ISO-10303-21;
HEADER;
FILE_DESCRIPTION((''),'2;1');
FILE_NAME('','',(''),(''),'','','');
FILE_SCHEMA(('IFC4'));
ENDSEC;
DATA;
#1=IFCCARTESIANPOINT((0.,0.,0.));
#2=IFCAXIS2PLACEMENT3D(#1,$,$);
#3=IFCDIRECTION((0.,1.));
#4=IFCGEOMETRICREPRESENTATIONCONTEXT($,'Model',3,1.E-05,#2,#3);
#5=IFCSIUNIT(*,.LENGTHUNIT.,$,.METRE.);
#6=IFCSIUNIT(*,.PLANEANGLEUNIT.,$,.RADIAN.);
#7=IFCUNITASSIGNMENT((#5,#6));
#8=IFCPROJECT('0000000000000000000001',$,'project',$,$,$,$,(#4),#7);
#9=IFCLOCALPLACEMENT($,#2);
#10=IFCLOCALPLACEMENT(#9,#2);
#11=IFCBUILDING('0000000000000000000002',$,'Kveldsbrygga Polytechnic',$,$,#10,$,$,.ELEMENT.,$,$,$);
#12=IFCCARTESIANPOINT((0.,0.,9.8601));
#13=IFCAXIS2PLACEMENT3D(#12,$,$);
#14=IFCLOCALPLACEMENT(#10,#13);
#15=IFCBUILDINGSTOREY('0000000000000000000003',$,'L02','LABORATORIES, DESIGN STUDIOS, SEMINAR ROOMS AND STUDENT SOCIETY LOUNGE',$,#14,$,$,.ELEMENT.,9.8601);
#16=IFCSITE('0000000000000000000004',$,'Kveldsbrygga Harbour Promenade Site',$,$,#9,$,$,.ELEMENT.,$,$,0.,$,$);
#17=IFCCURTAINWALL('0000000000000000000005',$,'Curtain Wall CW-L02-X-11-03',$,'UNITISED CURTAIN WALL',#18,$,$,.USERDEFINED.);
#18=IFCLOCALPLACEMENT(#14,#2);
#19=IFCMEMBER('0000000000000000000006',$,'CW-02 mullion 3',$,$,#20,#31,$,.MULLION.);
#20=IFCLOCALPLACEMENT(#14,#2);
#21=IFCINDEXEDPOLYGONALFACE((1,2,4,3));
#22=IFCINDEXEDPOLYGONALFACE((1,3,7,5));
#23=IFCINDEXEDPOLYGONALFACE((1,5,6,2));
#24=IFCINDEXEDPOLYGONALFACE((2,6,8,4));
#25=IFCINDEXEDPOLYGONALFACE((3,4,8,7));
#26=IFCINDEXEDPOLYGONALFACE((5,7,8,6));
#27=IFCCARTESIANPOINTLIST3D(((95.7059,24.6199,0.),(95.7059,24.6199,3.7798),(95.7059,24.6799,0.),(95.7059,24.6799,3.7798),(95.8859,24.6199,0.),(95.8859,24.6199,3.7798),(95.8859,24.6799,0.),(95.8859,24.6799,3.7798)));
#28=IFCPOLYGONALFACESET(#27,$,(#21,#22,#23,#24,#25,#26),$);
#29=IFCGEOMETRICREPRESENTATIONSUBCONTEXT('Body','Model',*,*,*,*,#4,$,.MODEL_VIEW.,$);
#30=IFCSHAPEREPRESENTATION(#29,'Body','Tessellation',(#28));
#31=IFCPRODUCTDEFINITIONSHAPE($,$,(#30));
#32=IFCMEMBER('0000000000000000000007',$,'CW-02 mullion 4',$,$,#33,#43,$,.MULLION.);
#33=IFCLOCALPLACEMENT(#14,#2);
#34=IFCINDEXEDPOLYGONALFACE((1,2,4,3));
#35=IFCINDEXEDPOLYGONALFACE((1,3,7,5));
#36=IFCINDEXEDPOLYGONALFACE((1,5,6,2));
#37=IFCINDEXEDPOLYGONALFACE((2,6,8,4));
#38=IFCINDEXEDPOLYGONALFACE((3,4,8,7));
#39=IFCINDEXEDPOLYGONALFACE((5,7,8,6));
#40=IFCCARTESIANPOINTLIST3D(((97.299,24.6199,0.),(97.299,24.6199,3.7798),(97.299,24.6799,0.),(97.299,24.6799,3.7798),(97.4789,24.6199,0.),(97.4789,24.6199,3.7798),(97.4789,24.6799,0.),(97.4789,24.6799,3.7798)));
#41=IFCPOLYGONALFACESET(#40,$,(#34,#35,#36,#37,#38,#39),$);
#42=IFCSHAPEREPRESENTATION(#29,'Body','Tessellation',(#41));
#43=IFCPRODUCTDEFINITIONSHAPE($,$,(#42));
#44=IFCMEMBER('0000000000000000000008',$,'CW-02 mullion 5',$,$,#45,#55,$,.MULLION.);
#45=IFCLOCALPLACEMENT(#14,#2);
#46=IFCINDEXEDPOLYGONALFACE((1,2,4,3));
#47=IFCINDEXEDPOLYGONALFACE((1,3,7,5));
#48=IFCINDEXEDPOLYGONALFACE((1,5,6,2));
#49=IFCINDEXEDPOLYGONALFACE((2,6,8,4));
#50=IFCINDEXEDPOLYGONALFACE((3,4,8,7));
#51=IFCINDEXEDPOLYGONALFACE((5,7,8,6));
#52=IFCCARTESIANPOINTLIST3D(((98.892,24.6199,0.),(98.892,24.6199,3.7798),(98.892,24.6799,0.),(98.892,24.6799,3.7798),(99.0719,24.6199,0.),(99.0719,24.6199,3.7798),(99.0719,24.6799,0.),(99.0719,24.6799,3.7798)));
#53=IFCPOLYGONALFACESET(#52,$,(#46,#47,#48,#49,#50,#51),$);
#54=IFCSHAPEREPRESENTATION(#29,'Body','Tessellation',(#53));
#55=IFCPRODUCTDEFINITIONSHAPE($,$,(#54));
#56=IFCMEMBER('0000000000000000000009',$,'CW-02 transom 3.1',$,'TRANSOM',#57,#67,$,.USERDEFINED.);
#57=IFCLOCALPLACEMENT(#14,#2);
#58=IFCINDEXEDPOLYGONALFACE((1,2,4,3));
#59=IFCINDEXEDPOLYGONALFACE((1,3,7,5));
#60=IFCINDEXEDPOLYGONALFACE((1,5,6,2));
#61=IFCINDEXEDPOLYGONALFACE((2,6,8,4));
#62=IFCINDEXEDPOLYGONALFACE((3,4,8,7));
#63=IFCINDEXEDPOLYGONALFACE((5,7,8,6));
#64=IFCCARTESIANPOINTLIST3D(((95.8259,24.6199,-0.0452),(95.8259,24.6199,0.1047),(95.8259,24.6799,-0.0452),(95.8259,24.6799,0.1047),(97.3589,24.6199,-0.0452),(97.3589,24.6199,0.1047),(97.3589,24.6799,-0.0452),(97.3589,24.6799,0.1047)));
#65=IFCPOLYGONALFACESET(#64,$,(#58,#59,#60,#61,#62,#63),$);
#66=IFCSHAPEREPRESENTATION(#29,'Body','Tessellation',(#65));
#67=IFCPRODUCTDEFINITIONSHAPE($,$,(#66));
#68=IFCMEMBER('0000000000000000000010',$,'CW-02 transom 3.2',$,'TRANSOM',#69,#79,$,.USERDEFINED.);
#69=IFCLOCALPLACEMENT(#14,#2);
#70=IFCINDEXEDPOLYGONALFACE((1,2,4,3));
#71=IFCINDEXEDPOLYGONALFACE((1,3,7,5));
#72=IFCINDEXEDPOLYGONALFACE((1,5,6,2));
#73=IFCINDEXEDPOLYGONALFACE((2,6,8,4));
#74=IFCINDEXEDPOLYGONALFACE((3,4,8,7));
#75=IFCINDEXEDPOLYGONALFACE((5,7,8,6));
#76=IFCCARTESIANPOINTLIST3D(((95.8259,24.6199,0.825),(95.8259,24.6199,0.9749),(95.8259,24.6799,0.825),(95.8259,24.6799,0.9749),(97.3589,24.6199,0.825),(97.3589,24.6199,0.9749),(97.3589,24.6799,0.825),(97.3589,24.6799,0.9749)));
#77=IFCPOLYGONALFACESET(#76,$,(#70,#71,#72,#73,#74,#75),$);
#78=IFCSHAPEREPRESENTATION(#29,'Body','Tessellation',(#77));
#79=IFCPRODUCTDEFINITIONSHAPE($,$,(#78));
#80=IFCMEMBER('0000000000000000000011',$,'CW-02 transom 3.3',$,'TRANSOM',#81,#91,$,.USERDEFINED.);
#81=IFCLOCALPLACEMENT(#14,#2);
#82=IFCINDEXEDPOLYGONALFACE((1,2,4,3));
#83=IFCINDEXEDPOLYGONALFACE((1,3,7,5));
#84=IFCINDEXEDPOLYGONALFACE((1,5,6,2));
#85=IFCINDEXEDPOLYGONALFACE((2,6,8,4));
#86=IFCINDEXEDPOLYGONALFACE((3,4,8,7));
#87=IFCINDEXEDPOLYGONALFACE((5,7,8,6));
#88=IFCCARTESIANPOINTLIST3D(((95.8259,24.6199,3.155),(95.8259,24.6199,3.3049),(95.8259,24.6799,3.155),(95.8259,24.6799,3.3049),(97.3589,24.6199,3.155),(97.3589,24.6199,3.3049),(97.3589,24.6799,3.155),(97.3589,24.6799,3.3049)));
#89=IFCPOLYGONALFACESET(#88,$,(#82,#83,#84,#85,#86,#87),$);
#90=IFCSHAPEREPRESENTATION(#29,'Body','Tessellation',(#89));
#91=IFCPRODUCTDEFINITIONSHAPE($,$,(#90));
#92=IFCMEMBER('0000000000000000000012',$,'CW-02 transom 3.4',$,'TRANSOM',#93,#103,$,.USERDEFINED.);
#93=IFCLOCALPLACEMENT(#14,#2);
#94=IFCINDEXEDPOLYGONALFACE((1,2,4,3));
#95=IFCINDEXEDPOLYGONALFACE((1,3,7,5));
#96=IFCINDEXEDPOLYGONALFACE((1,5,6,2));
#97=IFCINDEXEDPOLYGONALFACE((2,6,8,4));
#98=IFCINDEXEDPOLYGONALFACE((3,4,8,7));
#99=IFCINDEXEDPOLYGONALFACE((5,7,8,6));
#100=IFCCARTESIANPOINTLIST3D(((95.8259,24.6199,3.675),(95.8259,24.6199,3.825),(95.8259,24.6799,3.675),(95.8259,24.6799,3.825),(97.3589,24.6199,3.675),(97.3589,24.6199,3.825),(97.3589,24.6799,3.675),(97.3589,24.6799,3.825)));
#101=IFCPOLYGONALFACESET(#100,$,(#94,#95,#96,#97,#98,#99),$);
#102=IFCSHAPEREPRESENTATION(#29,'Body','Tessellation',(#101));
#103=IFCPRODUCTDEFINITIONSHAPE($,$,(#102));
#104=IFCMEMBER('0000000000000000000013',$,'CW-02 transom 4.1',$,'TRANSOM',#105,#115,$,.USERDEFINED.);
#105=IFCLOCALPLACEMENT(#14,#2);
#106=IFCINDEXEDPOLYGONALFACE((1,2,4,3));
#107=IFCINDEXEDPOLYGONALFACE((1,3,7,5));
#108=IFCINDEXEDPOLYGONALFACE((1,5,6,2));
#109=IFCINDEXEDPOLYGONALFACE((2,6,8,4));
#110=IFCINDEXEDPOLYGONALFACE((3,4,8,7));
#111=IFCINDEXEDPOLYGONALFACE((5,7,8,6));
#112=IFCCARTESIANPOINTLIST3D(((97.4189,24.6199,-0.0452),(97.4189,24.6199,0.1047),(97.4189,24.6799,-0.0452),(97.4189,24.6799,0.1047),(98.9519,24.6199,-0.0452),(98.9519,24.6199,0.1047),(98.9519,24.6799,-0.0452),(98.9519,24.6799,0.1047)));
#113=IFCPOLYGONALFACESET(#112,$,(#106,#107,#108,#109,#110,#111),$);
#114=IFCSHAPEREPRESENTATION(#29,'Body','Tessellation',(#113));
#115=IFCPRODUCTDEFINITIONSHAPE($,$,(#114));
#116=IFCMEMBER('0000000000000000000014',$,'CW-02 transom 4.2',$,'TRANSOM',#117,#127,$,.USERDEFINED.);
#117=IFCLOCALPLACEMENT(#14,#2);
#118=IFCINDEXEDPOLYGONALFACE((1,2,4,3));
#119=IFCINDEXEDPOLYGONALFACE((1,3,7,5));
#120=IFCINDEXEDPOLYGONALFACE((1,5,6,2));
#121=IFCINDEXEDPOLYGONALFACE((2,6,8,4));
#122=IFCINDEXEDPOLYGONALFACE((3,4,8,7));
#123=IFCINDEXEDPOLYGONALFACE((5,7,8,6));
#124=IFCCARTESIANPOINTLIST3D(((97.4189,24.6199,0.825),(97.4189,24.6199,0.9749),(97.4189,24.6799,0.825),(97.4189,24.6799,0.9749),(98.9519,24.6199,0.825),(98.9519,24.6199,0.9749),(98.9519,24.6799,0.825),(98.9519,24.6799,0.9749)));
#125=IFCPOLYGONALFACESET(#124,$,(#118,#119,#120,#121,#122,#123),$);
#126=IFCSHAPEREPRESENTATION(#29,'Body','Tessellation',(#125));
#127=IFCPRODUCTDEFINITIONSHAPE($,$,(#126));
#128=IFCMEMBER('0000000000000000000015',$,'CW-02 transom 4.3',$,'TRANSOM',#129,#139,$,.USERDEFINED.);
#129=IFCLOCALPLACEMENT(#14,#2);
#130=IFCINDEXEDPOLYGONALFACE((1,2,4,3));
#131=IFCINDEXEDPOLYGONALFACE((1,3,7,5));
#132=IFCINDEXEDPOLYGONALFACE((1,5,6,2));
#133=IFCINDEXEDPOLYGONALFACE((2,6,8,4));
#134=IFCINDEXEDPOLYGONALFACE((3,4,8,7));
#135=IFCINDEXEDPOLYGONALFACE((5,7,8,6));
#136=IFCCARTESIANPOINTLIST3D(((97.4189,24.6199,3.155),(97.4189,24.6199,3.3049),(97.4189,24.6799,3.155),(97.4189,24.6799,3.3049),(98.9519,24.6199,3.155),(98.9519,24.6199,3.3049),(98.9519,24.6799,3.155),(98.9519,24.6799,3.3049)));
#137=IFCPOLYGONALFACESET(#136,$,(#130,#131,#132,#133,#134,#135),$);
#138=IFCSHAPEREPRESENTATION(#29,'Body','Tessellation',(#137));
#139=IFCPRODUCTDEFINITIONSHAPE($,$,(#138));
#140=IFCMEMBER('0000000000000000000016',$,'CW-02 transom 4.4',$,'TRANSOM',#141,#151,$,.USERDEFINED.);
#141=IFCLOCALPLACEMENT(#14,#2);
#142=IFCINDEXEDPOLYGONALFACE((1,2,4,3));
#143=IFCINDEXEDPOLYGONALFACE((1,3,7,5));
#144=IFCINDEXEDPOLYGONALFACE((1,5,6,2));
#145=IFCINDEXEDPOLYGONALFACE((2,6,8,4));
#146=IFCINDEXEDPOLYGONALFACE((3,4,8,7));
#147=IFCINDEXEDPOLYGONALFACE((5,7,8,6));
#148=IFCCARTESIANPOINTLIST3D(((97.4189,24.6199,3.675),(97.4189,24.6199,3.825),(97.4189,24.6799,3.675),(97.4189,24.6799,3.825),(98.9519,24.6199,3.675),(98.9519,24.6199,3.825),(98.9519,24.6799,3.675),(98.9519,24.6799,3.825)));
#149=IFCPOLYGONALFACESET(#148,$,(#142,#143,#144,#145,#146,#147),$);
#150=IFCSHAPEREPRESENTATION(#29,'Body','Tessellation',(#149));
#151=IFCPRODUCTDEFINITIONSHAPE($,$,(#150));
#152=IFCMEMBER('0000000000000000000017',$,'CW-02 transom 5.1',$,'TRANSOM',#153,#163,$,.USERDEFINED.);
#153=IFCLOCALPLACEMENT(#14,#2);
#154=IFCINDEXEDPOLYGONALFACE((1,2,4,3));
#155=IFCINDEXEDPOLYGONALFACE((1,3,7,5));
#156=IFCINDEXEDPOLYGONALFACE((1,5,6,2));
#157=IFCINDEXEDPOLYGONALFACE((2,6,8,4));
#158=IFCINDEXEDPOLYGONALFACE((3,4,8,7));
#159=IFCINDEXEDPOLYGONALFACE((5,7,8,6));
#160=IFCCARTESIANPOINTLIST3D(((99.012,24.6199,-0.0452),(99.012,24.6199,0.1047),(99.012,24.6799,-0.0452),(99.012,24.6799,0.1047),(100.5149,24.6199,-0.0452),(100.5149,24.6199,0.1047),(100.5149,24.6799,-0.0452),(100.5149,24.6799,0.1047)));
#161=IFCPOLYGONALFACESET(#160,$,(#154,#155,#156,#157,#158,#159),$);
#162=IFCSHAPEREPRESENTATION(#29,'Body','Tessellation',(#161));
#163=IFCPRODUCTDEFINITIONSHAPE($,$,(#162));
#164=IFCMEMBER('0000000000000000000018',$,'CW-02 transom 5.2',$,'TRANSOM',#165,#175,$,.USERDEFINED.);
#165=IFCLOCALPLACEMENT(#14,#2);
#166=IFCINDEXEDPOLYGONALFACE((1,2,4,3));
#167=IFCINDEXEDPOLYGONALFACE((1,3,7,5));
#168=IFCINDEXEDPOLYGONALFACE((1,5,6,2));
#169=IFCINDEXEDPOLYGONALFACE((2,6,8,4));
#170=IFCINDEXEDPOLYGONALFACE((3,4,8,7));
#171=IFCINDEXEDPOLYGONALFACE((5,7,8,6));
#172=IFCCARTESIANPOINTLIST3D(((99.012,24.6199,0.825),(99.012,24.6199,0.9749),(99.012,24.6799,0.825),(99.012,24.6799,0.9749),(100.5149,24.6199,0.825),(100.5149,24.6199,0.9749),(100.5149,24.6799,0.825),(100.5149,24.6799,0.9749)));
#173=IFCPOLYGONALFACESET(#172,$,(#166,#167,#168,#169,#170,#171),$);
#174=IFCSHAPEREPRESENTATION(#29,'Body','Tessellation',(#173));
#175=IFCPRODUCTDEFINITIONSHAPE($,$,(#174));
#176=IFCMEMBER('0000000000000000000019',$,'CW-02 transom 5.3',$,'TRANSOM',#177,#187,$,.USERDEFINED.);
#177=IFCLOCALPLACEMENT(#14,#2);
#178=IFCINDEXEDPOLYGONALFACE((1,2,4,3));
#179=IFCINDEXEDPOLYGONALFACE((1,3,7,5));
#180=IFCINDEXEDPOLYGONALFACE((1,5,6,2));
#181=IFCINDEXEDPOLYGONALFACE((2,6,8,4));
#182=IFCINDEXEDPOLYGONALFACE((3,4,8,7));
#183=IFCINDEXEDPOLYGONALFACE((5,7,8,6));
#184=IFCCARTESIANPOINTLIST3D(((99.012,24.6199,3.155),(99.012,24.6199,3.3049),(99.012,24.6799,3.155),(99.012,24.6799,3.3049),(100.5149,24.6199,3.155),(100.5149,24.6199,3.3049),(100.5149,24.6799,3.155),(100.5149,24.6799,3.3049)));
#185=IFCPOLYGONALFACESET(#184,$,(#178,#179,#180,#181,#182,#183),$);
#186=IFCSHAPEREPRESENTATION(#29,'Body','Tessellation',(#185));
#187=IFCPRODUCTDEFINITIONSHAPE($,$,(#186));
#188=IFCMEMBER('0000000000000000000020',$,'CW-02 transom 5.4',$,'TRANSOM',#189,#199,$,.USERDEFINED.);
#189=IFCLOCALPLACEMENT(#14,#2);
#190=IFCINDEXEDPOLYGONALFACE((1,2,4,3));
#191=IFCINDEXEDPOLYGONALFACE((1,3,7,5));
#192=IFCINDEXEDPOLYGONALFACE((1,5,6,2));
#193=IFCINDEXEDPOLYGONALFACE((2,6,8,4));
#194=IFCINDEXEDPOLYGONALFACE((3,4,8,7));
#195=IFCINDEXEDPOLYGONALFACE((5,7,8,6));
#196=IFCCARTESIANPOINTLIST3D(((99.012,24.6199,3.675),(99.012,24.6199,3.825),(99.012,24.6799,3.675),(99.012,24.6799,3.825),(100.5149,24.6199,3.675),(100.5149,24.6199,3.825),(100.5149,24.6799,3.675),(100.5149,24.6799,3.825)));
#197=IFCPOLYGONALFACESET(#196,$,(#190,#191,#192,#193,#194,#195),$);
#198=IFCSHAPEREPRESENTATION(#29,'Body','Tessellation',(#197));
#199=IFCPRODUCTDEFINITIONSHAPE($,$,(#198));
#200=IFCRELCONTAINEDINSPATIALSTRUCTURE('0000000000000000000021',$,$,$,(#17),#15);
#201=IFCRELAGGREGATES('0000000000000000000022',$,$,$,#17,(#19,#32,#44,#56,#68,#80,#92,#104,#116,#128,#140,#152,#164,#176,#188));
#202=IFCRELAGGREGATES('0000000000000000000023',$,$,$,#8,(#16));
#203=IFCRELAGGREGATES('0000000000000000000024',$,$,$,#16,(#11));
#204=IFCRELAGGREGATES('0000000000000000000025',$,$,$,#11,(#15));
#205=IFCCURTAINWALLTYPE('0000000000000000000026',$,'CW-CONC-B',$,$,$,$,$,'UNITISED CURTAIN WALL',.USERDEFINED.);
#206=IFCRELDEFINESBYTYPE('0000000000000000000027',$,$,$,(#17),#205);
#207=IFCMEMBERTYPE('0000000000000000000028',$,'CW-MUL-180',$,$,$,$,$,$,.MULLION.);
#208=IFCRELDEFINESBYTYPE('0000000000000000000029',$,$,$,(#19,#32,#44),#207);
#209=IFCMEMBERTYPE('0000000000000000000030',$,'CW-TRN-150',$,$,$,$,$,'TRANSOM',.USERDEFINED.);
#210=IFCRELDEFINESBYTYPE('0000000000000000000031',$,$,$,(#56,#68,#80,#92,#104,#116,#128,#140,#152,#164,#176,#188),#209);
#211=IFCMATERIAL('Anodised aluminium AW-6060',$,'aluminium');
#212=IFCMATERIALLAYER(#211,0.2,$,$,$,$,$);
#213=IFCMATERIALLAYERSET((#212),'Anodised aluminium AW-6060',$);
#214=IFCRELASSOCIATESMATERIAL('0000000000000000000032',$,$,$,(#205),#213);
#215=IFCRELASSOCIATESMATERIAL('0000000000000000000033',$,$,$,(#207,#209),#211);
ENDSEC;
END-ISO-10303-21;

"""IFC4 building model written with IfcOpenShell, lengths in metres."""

from ifc_helpers import new_model, si_unit, direction, frame, origin, origin_2d, place, context, subcontext, project, spatial, rectangle, extrude, material, layer, layer_set, material_profile, profile_set, type_object, element, aggregate, save


model = new_model("IFC4")

# Units and contexts
model_context = context("Model", 3, precision=1e-05, world=origin(), true_north=direction((0.0, 1.0)))
body_context = subcontext(model_context, "Body", "Model", "MODEL_VIEW")
ifc_project = project(units=[si_unit("LENGTHUNIT", "METRE"), si_unit("PLANEANGLEUNIT", "RADIAN")], contexts=[model_context])

# Site, building, storey
site_placement = place(None, origin())
site = spatial("IfcSite", under=ifc_project, at=site_placement, Name="Kveldsbrygga Harbour Promenade Site", CompositionType="ELEMENT", RefElevation=0.0)
building_placement = place(site_placement, origin())
building = spatial("IfcBuilding", under=site, at=building_placement, Name="Kveldsbrygga Polytechnic", CompositionType="ELEMENT")
storey_placement = place(building_placement, frame((0.0, 0.0, 9.8601)))
storey = spatial("IfcBuildingStorey", under=building, at=storey_placement, Name="L02", Description="LABORATORIES, DESIGN STUDIOS, SEMINAR ROOMS AND STUDENT SOCIETY LOUNGE", CompositionType="ELEMENT", Elevation=9.8601)

# Curtain wall, members
ifc_material_1 = material(Name="Anodised aluminium AW-6060", Category="aluminium")
ifc_layer_1 = layer(ifc_material_1, 0.2)
ifc_layer_set_1 = layer_set([ifc_layer_1], Name="Anodised aluminium AW-6060")
curtain_wall_type = type_object("IfcCurtainWallType", Name="CW-CONC-B", ElementType="UNITISED CURTAIN WALL", PredefinedType="USERDEFINED", material=ifc_layer_set_1)
curtain_wall_placement = place(storey_placement, origin())
curtain_wall = element("IfcCurtainWall", 1, at=curtain_wall_placement, inside=storey, type_object=curtain_wall_type, Name="Curtain Wall CW-L02-X-11-03", ObjectType="UNITISED CURTAIN WALL", PredefinedType="USERDEFINED")
ifc_material_profile_1 = material_profile(ifc_material_1, rectangle(XDim=0.0601, YDim=0.1799, at=origin_2d()), Name="ALU 60x180")
ifc_profile_set_1 = profile_set([ifc_material_profile_1], Name="Anodised aluminium AW-6060")
member_type_1 = type_object("IfcMemberType", Name="CW-MUL-180", PredefinedType="MULLION", material=ifc_profile_set_1)
member_1_placement = place(storey_placement, frame((95.7959, 24.6499, 0.0), z_axis=(0.0, 0.0, 1.0), x_axis=(0.0, 1.0, 0.0)))
member_1 = element("IfcMember", 2, at=member_1_placement, type_object=member_type_1, Name="CW-02 mullion 3", PredefinedType="MULLION", context=body_context, shape_type="SweptSolid", body=[
    extrude(rectangle(XDim=0.0601, YDim=0.1799, at=origin_2d()), origin(), (0.0, 0.0, 1.0), 3.7798),
])
member_2_placement = place(storey_placement, frame((97.3889, 24.6499, 0.0), z_axis=(0.0, 0.0, 1.0), x_axis=(0.0, 1.0, 0.0)))
member_2 = element("IfcMember", 3, at=member_2_placement, type_object=member_type_1, Name="CW-02 mullion 4", PredefinedType="MULLION", context=body_context, shape_type="SweptSolid", body=[
    extrude(rectangle(XDim=0.0601, YDim=0.1799, at=origin_2d()), origin(), (0.0, 0.0, 1.0), 3.7798),
])
member_3_placement = place(storey_placement, frame((98.9819, 24.6499, 0.0), z_axis=(0.0, 0.0, 1.0), x_axis=(0.0, 1.0, 0.0)))
member_3 = element("IfcMember", 4, at=member_3_placement, type_object=member_type_1, Name="CW-02 mullion 5", PredefinedType="MULLION", context=body_context, shape_type="SweptSolid", body=[
    extrude(rectangle(XDim=0.0601, YDim=0.1799, at=origin_2d()), origin(), (0.0, 0.0, 1.0), 3.7798),
])
ifc_material_profile_2 = material_profile(ifc_material_1, rectangle(XDim=0.0601, YDim=0.1499, at=origin_2d()), Name="ALU 60x150")
ifc_profile_set_2 = profile_set([ifc_material_profile_2], Name="Anodised aluminium AW-6060")
member_type_2 = type_object("IfcMemberType", Name="CW-TRN-150", ElementType="TRANSOM", PredefinedType="USERDEFINED", material=ifc_profile_set_2)
member_4_placement = place(storey_placement, frame((95.8259, 24.6499, 0.0298), z_axis=(1.0, 0.0, 0.0), x_axis=(0.0, 1.0, 0.0)))
member_4 = element("IfcMember", 5, at=member_4_placement, type_object=member_type_2, Name="CW-02 transom 3.1", ObjectType="TRANSOM", PredefinedType="USERDEFINED", context=body_context, shape_type="SweptSolid", body=[
    extrude(rectangle(XDim=0.0601, YDim=0.1499, at=origin_2d()), origin(), (0.0, 0.0, 1.0), 1.533),
])
member_5_placement = place(storey_placement, frame((95.8259, 24.6499, 0.8999), z_axis=(1.0, 0.0, 0.0), x_axis=(0.0, 1.0, 0.0)))
member_5 = element("IfcMember", 6, at=member_5_placement, type_object=member_type_2, Name="CW-02 transom 3.2", ObjectType="TRANSOM", PredefinedType="USERDEFINED", context=body_context, shape_type="SweptSolid", body=[
    extrude(rectangle(XDim=0.0601, YDim=0.1499, at=origin_2d()), origin(), (0.0, 0.0, 1.0), 1.533),
])
member_6_placement = place(storey_placement, frame((95.8259, 24.6499, 3.23), z_axis=(1.0, 0.0, 0.0), x_axis=(0.0, 1.0, 0.0)))
member_6 = element("IfcMember", 7, at=member_6_placement, type_object=member_type_2, Name="CW-02 transom 3.3", ObjectType="TRANSOM", PredefinedType="USERDEFINED", context=body_context, shape_type="SweptSolid", body=[
    extrude(rectangle(XDim=0.0601, YDim=0.1499, at=origin_2d()), origin(), (0.0, 0.0, 1.0), 1.533),
])
member_7_placement = place(storey_placement, frame((95.8259, 24.6499, 3.75), z_axis=(1.0, 0.0, 0.0), x_axis=(0.0, 1.0, 0.0)))
member_7 = element("IfcMember", 8, at=member_7_placement, type_object=member_type_2, Name="CW-02 transom 3.4", ObjectType="TRANSOM", PredefinedType="USERDEFINED", context=body_context, shape_type="SweptSolid", body=[
    extrude(rectangle(XDim=0.0601, YDim=0.1499, at=origin_2d()), origin(), (0.0, 0.0, 1.0), 1.533),
])
member_8_placement = place(storey_placement, frame((97.4189, 24.6499, 0.0298), z_axis=(1.0, 0.0, 0.0), x_axis=(0.0, 1.0, 0.0)))
member_8 = element("IfcMember", 9, at=member_8_placement, type_object=member_type_2, Name="CW-02 transom 4.1", ObjectType="TRANSOM", PredefinedType="USERDEFINED", context=body_context, shape_type="SweptSolid", body=[
    extrude(rectangle(XDim=0.0601, YDim=0.1499, at=origin_2d()), origin(), (0.0, 0.0, 1.0), 1.533),
])
member_9_placement = place(storey_placement, frame((97.4189, 24.6499, 0.8999), z_axis=(1.0, 0.0, 0.0), x_axis=(0.0, 1.0, 0.0)))
member_9 = element("IfcMember", 10, at=member_9_placement, type_object=member_type_2, Name="CW-02 transom 4.2", ObjectType="TRANSOM", PredefinedType="USERDEFINED", context=body_context, shape_type="SweptSolid", body=[
    extrude(rectangle(XDim=0.0601, YDim=0.1499, at=origin_2d()), origin(), (0.0, 0.0, 1.0), 1.533),
])
member_10_placement = place(storey_placement, frame((97.4189, 24.6499, 3.23), z_axis=(1.0, 0.0, 0.0), x_axis=(0.0, 1.0, 0.0)))
member_10 = element("IfcMember", 11, at=member_10_placement, type_object=member_type_2, Name="CW-02 transom 4.3", ObjectType="TRANSOM", PredefinedType="USERDEFINED", context=body_context, shape_type="SweptSolid", body=[
    extrude(rectangle(XDim=0.0601, YDim=0.1499, at=origin_2d()), origin(), (0.0, 0.0, 1.0), 1.533),
])
member_11_placement = place(storey_placement, frame((97.4189, 24.6499, 3.75), z_axis=(1.0, 0.0, 0.0), x_axis=(0.0, 1.0, 0.0)))
member_11 = element("IfcMember", 12, at=member_11_placement, type_object=member_type_2, Name="CW-02 transom 4.4", ObjectType="TRANSOM", PredefinedType="USERDEFINED", context=body_context, shape_type="SweptSolid", body=[
    extrude(rectangle(XDim=0.0601, YDim=0.1499, at=origin_2d()), origin(), (0.0, 0.0, 1.0), 1.533),
])
member_12_placement = place(storey_placement, frame((99.012, 24.6499, 0.0298), z_axis=(1.0, 0.0, 0.0), x_axis=(0.0, 1.0, 0.0)))
member_12 = element("IfcMember", 13, at=member_12_placement, type_object=member_type_2, Name="CW-02 transom 5.1", ObjectType="TRANSOM", PredefinedType="USERDEFINED", context=body_context, shape_type="SweptSolid", body=[
    extrude(rectangle(XDim=0.0601, YDim=0.1499, at=origin_2d()), origin(), (0.0, 0.0, 1.0), 1.5029),
])
member_13_placement = place(storey_placement, frame((99.012, 24.6499, 0.8999), z_axis=(1.0, 0.0, 0.0), x_axis=(0.0, 1.0, 0.0)))
member_13 = element("IfcMember", 14, at=member_13_placement, type_object=member_type_2, Name="CW-02 transom 5.2", ObjectType="TRANSOM", PredefinedType="USERDEFINED", context=body_context, shape_type="SweptSolid", body=[
    extrude(rectangle(XDim=0.0601, YDim=0.1499, at=origin_2d()), origin(), (0.0, 0.0, 1.0), 1.5029),
])
member_14_placement = place(storey_placement, frame((99.012, 24.6499, 3.23), z_axis=(1.0, 0.0, 0.0), x_axis=(0.0, 1.0, 0.0)))
member_14 = element("IfcMember", 15, at=member_14_placement, type_object=member_type_2, Name="CW-02 transom 5.3", ObjectType="TRANSOM", PredefinedType="USERDEFINED", context=body_context, shape_type="SweptSolid", body=[
    extrude(rectangle(XDim=0.0601, YDim=0.1499, at=origin_2d()), origin(), (0.0, 0.0, 1.0), 1.5029),
])
member_15_placement = place(storey_placement, frame((99.012, 24.6499, 3.75), z_axis=(1.0, 0.0, 0.0), x_axis=(0.0, 1.0, 0.0)))
member_15 = element("IfcMember", 16, at=member_15_placement, type_object=member_type_2, Name="CW-02 transom 5.4", ObjectType="TRANSOM", PredefinedType="USERDEFINED", context=body_context, shape_type="SweptSolid", body=[
    extrude(rectangle(XDim=0.0601, YDim=0.1499, at=origin_2d()), origin(), (0.0, 0.0, 1.0), 1.5029),
])
aggregate(curtain_wall, [member_1, member_2, member_3, member_4, member_5, member_6, member_7, member_8, member_9, member_10, member_11, member_12, member_13, member_14, member_15])

save(model, "model.ifc")
